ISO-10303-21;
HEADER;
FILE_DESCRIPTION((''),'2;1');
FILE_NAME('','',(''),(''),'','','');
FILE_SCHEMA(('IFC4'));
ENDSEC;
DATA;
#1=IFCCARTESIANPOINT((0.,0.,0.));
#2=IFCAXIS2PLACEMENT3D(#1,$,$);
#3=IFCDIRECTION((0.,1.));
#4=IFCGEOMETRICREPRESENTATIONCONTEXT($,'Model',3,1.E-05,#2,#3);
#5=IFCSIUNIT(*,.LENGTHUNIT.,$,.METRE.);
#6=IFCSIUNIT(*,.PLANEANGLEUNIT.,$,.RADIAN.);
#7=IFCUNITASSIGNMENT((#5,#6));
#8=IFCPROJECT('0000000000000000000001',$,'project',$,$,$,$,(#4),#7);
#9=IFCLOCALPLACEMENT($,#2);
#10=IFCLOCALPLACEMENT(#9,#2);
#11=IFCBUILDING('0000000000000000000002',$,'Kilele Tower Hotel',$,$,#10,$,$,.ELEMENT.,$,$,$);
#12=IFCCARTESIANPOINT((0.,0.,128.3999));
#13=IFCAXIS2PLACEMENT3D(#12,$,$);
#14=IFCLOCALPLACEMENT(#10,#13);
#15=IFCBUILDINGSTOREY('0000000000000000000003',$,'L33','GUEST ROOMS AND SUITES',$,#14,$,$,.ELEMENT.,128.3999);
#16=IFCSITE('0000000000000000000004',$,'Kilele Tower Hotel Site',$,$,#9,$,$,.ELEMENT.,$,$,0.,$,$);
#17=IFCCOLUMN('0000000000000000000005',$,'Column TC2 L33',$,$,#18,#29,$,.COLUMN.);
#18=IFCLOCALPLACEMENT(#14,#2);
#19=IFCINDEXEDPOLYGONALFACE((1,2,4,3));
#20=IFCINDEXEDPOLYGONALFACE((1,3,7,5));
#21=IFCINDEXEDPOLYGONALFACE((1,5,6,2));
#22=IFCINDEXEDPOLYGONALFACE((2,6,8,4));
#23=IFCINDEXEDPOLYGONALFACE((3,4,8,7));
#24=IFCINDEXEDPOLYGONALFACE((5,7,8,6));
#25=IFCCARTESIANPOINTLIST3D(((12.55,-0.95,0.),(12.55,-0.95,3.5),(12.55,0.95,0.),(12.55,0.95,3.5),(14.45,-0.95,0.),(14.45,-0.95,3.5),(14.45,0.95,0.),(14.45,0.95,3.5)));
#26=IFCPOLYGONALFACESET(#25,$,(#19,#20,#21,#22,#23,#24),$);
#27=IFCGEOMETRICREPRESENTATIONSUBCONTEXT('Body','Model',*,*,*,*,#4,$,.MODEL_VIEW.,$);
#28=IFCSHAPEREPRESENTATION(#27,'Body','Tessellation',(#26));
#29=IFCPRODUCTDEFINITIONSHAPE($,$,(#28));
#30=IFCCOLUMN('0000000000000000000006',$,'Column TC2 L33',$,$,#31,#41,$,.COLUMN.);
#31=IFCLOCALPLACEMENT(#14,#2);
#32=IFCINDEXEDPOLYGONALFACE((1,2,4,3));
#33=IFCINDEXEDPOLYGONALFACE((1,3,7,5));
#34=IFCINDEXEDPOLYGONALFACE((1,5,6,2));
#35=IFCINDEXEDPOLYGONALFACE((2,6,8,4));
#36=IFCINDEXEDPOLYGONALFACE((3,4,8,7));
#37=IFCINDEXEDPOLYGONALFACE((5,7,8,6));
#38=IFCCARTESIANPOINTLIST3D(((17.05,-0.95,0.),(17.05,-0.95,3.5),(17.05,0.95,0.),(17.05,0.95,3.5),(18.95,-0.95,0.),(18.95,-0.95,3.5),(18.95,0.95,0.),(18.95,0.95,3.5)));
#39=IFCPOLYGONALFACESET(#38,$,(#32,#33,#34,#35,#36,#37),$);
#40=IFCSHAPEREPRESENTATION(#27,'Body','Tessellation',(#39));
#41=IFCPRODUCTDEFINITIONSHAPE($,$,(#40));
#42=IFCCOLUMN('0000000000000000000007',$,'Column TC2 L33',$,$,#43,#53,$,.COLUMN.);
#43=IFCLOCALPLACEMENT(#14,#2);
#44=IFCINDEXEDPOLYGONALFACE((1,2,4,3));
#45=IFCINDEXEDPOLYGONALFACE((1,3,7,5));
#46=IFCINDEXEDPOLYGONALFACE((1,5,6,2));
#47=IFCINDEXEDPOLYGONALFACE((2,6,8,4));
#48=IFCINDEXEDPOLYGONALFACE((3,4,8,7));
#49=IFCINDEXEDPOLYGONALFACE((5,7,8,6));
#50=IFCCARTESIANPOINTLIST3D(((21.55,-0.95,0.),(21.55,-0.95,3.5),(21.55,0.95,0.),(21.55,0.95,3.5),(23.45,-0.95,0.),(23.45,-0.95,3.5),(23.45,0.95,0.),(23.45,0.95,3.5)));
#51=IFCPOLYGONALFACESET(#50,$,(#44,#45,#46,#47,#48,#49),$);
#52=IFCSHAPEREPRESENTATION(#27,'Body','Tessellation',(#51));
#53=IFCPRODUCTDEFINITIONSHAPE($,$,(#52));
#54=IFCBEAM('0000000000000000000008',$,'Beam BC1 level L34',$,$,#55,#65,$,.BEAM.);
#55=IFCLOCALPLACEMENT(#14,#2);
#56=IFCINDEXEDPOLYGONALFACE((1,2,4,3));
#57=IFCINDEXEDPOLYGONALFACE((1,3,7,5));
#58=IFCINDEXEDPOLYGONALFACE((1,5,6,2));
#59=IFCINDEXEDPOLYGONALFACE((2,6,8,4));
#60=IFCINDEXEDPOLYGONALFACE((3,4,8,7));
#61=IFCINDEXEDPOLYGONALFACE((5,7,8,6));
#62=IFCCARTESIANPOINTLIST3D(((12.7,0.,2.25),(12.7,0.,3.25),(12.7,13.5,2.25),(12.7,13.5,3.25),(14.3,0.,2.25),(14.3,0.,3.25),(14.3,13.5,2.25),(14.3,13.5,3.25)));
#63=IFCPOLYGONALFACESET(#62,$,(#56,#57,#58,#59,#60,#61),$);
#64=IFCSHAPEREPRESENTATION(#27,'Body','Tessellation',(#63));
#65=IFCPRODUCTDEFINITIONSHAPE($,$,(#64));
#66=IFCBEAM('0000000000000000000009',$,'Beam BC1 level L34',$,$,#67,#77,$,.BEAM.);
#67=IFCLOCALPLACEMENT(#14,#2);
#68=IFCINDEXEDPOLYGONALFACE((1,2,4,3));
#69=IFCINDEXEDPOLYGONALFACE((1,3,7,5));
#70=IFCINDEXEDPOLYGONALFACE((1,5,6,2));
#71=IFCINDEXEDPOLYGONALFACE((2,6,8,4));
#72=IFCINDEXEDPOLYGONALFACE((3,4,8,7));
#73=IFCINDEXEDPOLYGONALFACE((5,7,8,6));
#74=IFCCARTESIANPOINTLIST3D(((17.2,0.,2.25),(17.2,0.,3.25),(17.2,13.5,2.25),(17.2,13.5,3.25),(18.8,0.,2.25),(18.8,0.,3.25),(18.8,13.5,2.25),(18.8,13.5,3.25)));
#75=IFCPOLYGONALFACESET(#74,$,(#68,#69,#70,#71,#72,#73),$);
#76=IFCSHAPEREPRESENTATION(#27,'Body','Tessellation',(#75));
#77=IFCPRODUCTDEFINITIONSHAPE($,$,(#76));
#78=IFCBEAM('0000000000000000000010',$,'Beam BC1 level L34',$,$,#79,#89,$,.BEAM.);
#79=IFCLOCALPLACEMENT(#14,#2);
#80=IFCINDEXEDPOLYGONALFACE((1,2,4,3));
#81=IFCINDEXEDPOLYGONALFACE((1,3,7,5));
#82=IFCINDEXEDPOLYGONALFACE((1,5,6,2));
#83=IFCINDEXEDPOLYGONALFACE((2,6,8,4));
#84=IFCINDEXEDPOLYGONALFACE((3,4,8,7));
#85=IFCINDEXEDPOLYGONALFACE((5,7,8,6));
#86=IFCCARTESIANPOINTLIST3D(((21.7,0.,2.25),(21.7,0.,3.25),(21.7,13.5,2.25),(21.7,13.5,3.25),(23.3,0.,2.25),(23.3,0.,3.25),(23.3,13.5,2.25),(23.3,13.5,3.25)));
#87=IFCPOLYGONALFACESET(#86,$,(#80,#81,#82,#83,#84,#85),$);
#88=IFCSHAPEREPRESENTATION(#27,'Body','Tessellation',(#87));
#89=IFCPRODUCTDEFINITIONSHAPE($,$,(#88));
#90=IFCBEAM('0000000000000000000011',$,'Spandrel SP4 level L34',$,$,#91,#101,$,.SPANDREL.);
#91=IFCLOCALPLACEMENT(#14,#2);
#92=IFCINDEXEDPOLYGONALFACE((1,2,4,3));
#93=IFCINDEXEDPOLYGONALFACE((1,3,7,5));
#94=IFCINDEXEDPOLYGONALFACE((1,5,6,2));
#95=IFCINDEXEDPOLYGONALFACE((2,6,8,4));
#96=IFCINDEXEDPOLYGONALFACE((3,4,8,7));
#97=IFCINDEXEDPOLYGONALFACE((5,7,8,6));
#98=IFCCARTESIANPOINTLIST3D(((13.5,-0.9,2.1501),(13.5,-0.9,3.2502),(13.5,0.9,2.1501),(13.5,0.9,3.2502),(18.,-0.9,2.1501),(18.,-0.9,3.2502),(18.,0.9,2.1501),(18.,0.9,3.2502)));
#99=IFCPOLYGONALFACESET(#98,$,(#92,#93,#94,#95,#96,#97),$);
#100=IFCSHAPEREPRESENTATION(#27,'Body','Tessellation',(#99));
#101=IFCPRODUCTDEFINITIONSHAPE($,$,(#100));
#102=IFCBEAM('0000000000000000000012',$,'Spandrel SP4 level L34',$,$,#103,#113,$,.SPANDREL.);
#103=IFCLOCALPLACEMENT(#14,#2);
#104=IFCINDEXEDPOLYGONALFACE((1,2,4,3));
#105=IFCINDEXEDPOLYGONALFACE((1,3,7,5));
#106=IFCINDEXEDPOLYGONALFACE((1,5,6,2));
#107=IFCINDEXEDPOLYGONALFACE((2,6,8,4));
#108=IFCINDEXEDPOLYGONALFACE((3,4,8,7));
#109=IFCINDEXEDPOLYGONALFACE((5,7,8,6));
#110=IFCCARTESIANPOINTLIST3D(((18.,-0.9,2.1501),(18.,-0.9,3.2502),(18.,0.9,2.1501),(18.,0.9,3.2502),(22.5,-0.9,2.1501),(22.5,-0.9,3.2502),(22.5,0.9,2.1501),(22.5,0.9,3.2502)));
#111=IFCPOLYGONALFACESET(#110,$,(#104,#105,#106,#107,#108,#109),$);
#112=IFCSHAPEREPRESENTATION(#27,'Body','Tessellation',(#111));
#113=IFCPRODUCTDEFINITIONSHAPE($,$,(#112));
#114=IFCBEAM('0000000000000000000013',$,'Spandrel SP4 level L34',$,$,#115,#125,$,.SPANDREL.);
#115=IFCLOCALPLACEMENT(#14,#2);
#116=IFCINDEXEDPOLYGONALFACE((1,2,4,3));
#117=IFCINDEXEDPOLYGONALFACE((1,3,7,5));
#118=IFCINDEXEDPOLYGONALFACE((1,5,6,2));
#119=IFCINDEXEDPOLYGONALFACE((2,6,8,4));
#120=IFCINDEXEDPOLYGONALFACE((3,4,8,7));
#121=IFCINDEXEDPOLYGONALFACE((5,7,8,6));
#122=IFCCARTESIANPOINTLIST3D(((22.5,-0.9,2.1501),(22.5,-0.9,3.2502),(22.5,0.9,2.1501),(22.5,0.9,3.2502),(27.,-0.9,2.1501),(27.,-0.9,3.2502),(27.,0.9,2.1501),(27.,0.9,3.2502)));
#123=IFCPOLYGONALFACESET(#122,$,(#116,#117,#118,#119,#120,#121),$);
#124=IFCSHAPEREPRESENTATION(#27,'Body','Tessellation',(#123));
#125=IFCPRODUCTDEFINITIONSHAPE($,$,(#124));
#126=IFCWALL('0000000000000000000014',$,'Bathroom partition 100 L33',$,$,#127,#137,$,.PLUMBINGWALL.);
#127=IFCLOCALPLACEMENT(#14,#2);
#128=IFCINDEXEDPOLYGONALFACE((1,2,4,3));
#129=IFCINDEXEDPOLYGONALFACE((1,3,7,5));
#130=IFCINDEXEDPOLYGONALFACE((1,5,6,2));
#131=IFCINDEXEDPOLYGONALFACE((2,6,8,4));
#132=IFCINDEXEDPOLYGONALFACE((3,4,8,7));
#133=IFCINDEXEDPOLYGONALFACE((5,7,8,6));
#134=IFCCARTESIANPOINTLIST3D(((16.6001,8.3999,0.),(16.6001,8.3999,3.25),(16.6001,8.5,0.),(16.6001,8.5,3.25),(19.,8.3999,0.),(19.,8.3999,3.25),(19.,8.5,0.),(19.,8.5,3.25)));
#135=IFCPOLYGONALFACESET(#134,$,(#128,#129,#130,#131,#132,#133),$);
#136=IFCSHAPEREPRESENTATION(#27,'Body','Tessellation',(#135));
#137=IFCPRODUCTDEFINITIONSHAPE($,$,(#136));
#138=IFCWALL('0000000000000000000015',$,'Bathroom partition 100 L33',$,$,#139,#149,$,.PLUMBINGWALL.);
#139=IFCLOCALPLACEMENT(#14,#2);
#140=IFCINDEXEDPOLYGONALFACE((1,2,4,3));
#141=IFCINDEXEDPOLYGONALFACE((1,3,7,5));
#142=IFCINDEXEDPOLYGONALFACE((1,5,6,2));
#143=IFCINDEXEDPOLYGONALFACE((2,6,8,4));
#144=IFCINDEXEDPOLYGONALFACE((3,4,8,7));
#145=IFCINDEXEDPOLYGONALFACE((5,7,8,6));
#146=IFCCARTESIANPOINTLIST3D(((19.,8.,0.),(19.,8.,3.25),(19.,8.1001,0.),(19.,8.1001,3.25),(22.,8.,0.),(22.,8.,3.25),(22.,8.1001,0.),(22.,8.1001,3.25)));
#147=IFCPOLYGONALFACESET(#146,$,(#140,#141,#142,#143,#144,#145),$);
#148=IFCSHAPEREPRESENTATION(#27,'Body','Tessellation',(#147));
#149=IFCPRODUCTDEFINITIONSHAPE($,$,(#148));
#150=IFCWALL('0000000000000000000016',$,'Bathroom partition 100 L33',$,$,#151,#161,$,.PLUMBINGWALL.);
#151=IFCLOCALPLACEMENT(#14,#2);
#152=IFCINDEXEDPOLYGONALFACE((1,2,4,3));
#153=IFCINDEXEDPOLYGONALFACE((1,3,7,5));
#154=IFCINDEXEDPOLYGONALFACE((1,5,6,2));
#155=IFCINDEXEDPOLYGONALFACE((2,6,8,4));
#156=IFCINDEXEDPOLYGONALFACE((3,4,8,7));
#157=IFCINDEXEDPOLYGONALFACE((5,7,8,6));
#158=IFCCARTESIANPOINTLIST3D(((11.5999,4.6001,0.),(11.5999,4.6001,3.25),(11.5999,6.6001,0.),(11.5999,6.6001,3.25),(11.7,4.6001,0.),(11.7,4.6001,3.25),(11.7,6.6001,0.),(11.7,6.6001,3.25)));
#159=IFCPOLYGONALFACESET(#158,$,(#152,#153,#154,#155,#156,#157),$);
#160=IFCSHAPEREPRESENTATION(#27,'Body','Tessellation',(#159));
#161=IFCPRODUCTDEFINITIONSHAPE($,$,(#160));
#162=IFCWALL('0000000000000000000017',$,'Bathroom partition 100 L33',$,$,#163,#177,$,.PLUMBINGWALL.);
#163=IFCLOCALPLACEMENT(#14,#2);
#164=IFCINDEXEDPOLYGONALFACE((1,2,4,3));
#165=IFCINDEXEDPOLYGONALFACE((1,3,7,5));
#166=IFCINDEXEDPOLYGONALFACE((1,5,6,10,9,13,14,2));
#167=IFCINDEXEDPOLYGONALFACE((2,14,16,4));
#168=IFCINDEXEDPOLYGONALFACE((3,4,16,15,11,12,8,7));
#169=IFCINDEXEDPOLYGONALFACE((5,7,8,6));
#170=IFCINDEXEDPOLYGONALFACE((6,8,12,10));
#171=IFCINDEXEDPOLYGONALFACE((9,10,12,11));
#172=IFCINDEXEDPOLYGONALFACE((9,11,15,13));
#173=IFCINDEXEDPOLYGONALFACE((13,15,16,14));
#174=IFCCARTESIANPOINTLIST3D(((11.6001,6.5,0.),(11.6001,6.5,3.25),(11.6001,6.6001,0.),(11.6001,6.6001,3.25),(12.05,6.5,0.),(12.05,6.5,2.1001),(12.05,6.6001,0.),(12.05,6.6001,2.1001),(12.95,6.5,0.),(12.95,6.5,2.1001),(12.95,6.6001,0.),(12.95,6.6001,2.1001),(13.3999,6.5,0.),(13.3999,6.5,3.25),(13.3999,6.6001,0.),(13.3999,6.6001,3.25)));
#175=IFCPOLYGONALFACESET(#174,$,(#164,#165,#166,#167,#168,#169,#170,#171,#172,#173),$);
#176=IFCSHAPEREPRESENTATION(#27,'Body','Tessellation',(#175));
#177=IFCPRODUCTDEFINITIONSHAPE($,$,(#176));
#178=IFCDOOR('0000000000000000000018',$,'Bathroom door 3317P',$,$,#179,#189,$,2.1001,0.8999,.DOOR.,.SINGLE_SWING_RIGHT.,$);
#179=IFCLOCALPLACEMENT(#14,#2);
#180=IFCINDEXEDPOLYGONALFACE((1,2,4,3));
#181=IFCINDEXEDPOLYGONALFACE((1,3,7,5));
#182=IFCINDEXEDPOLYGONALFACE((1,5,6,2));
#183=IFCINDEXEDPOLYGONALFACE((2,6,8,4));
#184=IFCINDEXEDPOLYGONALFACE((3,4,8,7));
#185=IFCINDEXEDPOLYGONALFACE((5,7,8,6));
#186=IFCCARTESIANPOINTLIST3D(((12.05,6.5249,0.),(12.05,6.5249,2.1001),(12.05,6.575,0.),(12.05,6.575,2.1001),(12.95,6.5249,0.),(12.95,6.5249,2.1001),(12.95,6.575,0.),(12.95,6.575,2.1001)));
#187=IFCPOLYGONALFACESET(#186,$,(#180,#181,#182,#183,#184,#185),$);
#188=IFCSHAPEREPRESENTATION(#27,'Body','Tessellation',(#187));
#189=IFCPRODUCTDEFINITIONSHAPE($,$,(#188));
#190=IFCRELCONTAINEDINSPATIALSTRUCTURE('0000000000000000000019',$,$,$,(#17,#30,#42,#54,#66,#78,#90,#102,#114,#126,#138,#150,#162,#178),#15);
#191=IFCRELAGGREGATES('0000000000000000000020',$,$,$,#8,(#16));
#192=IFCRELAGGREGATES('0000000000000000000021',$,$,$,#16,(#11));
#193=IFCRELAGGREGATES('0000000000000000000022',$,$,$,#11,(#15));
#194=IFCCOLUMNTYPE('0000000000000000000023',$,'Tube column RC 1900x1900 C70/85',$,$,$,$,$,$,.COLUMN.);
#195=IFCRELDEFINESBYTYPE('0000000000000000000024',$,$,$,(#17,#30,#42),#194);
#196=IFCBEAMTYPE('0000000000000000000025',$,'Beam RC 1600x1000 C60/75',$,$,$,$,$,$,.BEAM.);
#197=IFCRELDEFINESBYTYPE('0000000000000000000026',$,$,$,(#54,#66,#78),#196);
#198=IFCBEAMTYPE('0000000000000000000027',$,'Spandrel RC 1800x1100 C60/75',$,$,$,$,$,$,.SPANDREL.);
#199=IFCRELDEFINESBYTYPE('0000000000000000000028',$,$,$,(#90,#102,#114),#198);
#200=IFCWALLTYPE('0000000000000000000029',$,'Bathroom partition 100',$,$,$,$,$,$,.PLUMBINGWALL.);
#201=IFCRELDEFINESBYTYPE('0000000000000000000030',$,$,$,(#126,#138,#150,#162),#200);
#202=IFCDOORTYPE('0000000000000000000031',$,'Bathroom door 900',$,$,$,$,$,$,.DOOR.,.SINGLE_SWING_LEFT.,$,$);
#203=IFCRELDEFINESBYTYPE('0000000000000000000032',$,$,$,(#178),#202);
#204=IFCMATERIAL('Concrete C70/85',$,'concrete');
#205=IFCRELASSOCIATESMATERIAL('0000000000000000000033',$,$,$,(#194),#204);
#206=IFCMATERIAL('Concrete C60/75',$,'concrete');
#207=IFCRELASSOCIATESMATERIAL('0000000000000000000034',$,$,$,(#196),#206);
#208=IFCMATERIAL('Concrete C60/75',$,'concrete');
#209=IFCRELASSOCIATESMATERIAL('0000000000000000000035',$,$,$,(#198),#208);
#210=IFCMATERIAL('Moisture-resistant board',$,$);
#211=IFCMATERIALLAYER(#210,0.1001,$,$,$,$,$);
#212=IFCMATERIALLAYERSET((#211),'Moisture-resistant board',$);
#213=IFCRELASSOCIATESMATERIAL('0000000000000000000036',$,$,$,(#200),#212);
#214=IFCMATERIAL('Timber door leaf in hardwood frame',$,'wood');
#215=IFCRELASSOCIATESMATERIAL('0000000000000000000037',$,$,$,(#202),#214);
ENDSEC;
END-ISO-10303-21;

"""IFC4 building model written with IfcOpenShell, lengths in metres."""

from ifc_helpers import new_model, si_unit, direction, frame, frame_2d, origin, origin_2d, place, context, subcontext, project, spatial, rectangle, extrude, material, layer, layer_set, material_profile, profile_set, type_object, element, fill, save


model = new_model("IFC4")

# Units and contexts
model_context = context("Model", 3, precision=1e-05, world=origin(), true_north=direction((0.0, 1.0)))
body_context = subcontext(model_context, "Body", "Model", "MODEL_VIEW")
ifc_project = project(units=[si_unit("LENGTHUNIT", "METRE"), si_unit("PLANEANGLEUNIT", "RADIAN")], contexts=[model_context])

# Site, building, storey
site_placement = place(None, origin())
site = spatial("IfcSite", under=ifc_project, at=site_placement, Name="Kilele Tower Hotel Site", CompositionType="ELEMENT", RefElevation=0.0)
building_placement = place(site_placement, origin())
building = spatial("IfcBuilding", under=site, at=building_placement, Name="Kilele Tower Hotel", CompositionType="ELEMENT")
storey_placement = place(building_placement, frame((0.0, 0.0, 128.3999)))
storey = spatial("IfcBuildingStorey", under=building, at=storey_placement, Name="L33", Description="GUEST ROOMS AND SUITES", CompositionType="ELEMENT", Elevation=128.3999)

# Columns
ifc_material_1 = material(Name="Concrete C70/85", Category="concrete")
ifc_material_profile_1 = material_profile(ifc_material_1, rectangle(XDim=1.8999, YDim=1.8999, at=origin_2d()))
ifc_profile_set_1 = profile_set([ifc_material_profile_1], Name="Concrete C70/85")
column_type = type_object("IfcColumnType", Name="Tube column RC 1900x1900 C70/85", PredefinedType="COLUMN", material=ifc_profile_set_1)
for number, where, z_axis, x_axis, name in (
    (1, (13.5, 0.0, 0.0), (0.0, 0.0, 1.0), (1.0, 0.0, 0.0), "Column TC2 L33"),
    (2, (18.0, 0.0, 0.0), (0.0, 0.0, 1.0), (1.0, 0.0, 0.0), "Column TC2 L33"),
    (3, (22.5, 0.0, 0.0), (0.0, 0.0, 1.0), (1.0, 0.0, 0.0), "Column TC2 L33"),
):
    element("IfcColumn", number, at=place(storey_placement, frame(where, z_axis=z_axis, x_axis=x_axis)), inside=storey, type_object=column_type, Name=name, PredefinedType="COLUMN", context=body_context, shape_type="SweptSolid", body=[
        extrude(rectangle(XDim=1.8999, YDim=1.8999, at=origin_2d()), origin(), (0.0, 0.0, 1.0), 3.5),
    ])

# Beams
ifc_material_2 = material(Name="Concrete C60/75", Category="concrete")
ifc_material_profile_2 = material_profile(ifc_material_2, rectangle(XDim=1.6001, YDim=1.0, at=origin_2d()))
ifc_profile_set_2 = profile_set([ifc_material_profile_2], Name="Concrete C60/75")
beam_type_1 = type_object("IfcBeamType", Name="Beam RC 1600x1000 C60/75", PredefinedType="BEAM", material=ifc_profile_set_2)
for number, where, z_axis, x_axis, name in (
    (4, (13.5, 0.0, 2.75), (0.0, 1.0, 0.0), (-1.0, 0.0, 0.0), "Beam BC1 level L34"),
    (5, (18.0, 0.0, 2.75), (0.0, 1.0, 0.0), (-1.0, 0.0, 0.0), "Beam BC1 level L34"),
    (6, (22.5, 0.0, 2.75), (0.0, 1.0, 0.0), (-1.0, 0.0, 0.0), "Beam BC1 level L34"),
):
    element("IfcBeam", number, at=place(storey_placement, frame(where, z_axis=z_axis, x_axis=x_axis)), inside=storey, type_object=beam_type_1, Name=name, PredefinedType="BEAM", context=body_context, shape_type="SweptSolid", body=[
        extrude(rectangle(XDim=1.6001, YDim=1.0, at=origin_2d()), origin(), (0.0, 0.0, 1.0), 13.5),
    ])
ifc_material_3 = material(Name="Concrete C60/75", Category="concrete")
ifc_material_profile_3 = material_profile(ifc_material_3, rectangle(XDim=1.8, YDim=1.1001, at=origin_2d()))
ifc_profile_set_3 = profile_set([ifc_material_profile_3], Name="Concrete C60/75")
beam_type_2 = type_object("IfcBeamType", Name="Spandrel RC 1800x1100 C60/75", PredefinedType="SPANDREL", material=ifc_profile_set_3)
for number, where, z_axis, x_axis, name in (
    (7, (13.5, 0.0, 2.7002), (1.0, 0.0, 0.0), (0.0, 1.0, 0.0), "Spandrel SP4 level L34"),
    (8, (18.0, 0.0, 2.7002), (1.0, 0.0, 0.0), (0.0, 1.0, 0.0), "Spandrel SP4 level L34"),
    (9, (22.5, 0.0, 2.7002), (1.0, 0.0, 0.0), (0.0, 1.0, 0.0), "Spandrel SP4 level L34"),
):
    element("IfcBeam", number, at=place(storey_placement, frame(where, z_axis=z_axis, x_axis=x_axis)), inside=storey, type_object=beam_type_2, Name=name, PredefinedType="SPANDREL", context=body_context, shape_type="SweptSolid", body=[
        extrude(rectangle(XDim=1.8, YDim=1.1001, at=origin_2d()), origin(), (0.0, 0.0, 1.0), 4.5),
    ])

# Walls
ifc_material_4 = material(Name="Moisture-resistant board")
ifc_layer_1 = layer(ifc_material_4, 0.1001)
ifc_layer_set_1 = layer_set([ifc_layer_1], Name="Moisture-resistant board")
wall_type_1 = type_object("IfcWallType", Name="Bathroom partition 100", PredefinedType="PLUMBINGWALL", material=ifc_layer_set_1)
wall_1_placement = place(storey_placement, frame((16.6001, 8.45, 0.0), z_axis=(0.0, 0.0, 1.0), x_axis=(1.0, 0.0, 0.0)))
element("IfcWall", 10, at=wall_1_placement, inside=storey, type_object=wall_type_1, Name="Bathroom partition 100 L33", PredefinedType="PLUMBINGWALL", context=body_context, shape_type="SweptSolid", body=[
    extrude(rectangle(XDim=2.3999, YDim=0.1001, at=frame_2d((1.2, 0.0))), origin(), (0.0, 0.0, 1.0), 3.25),
])
wall_2_placement = place(storey_placement, frame((19.0, 8.05, 0.0), z_axis=(0.0, 0.0, 1.0), x_axis=(1.0, 0.0, 0.0)))
element("IfcWall", 11, at=wall_2_placement, inside=storey, type_object=wall_type_1, Name="Bathroom partition 100 L33", PredefinedType="PLUMBINGWALL", context=body_context, shape_type="SweptSolid", body=[
    extrude(rectangle(XDim=3.0, YDim=0.1001, at=frame_2d((1.5, 0.0))), origin(), (0.0, 0.0, 1.0), 3.25),
])
wall_3_placement = place(storey_placement, frame((11.6499, 4.6001, 0.0), z_axis=(0.0, 0.0, 1.0), x_axis=(0.0, 1.0, 0.0)))
element("IfcWall", 12, at=wall_3_placement, inside=storey, type_object=wall_type_1, Name="Bathroom partition 100 L33", PredefinedType="PLUMBINGWALL", context=body_context, shape_type="SweptSolid", body=[
    extrude(rectangle(XDim=2.0, YDim=0.1001, at=frame_2d((1.0, 0.0))), origin(), (0.0, 0.0, 1.0), 3.25),
])

# Wall, opening, door
wall_4_placement = place(storey_placement, frame((13.3999, 6.55, 0.0), z_axis=(0.0, 0.0, 1.0), x_axis=(-1.0, 0.0, 0.0)))
wall_4 = element("IfcWall", 13, at=wall_4_placement, inside=storey, type_object=wall_type_1, Name="Bathroom partition 100 L33", PredefinedType="PLUMBINGWALL", context=body_context, shape_type="SweptSolid", body=[
    extrude(rectangle(XDim=1.7998, YDim=0.1001, at=frame_2d((0.8999, 0.0))), origin(), (0.0, 0.0, 1.0), 3.25),
])
opening_1_placement = place(wall_4_placement, frame((1.3499, 0.0, 0.0), z_axis=(0.0, 0.0, 1.0), x_axis=(-1.0, 0.0, 0.0)))
opening_1 = element("IfcOpeningElement", 14, at=opening_1_placement, cuts=wall_4, PredefinedType="OPENING", context=body_context, shape_type="SweptSolid", body=[
    extrude(rectangle(XDim=0.8999, YDim=2.1001, at=frame_2d((0.45, 1.05))), frame((0.0, 0.0601, 0.0), z_axis=(0.0, -1.0, 0.0), x_axis=(1.0, 0.0, 0.0)), (0.0, 0.0, 1.0), 0.1201),
])
ifc_material_5 = material(Name="Timber door leaf in hardwood frame", Category="wood")
door_type_1 = type_object("IfcDoorType", Name="Bathroom door 900", OperationType="SINGLE_SWING_LEFT", PredefinedType="DOOR", material=ifc_material_5)
door_1_placement = place(opening_1_placement, origin())
door_1 = element("IfcDoor", 15, at=door_1_placement, inside=storey, type_object=door_type_1, Name="Bathroom door 3317P", OperationType="SINGLE_SWING_RIGHT", OverallHeight=2.1001, OverallWidth=0.8999, PredefinedType="DOOR", context=body_context, shape_type="SweptSolid", body=[
    extrude(rectangle(XDim=0.8999, YDim=2.1001, at=frame_2d((0.45, 1.05))), frame((0.0, 0.0249, 0.0), z_axis=(0.0, -1.0, 0.0), x_axis=(1.0, 0.0, 0.0)), (0.0, 0.0, 1.0), 0.05),
])
fill(opening_1, door_1)

save(model, "model.ifc")
